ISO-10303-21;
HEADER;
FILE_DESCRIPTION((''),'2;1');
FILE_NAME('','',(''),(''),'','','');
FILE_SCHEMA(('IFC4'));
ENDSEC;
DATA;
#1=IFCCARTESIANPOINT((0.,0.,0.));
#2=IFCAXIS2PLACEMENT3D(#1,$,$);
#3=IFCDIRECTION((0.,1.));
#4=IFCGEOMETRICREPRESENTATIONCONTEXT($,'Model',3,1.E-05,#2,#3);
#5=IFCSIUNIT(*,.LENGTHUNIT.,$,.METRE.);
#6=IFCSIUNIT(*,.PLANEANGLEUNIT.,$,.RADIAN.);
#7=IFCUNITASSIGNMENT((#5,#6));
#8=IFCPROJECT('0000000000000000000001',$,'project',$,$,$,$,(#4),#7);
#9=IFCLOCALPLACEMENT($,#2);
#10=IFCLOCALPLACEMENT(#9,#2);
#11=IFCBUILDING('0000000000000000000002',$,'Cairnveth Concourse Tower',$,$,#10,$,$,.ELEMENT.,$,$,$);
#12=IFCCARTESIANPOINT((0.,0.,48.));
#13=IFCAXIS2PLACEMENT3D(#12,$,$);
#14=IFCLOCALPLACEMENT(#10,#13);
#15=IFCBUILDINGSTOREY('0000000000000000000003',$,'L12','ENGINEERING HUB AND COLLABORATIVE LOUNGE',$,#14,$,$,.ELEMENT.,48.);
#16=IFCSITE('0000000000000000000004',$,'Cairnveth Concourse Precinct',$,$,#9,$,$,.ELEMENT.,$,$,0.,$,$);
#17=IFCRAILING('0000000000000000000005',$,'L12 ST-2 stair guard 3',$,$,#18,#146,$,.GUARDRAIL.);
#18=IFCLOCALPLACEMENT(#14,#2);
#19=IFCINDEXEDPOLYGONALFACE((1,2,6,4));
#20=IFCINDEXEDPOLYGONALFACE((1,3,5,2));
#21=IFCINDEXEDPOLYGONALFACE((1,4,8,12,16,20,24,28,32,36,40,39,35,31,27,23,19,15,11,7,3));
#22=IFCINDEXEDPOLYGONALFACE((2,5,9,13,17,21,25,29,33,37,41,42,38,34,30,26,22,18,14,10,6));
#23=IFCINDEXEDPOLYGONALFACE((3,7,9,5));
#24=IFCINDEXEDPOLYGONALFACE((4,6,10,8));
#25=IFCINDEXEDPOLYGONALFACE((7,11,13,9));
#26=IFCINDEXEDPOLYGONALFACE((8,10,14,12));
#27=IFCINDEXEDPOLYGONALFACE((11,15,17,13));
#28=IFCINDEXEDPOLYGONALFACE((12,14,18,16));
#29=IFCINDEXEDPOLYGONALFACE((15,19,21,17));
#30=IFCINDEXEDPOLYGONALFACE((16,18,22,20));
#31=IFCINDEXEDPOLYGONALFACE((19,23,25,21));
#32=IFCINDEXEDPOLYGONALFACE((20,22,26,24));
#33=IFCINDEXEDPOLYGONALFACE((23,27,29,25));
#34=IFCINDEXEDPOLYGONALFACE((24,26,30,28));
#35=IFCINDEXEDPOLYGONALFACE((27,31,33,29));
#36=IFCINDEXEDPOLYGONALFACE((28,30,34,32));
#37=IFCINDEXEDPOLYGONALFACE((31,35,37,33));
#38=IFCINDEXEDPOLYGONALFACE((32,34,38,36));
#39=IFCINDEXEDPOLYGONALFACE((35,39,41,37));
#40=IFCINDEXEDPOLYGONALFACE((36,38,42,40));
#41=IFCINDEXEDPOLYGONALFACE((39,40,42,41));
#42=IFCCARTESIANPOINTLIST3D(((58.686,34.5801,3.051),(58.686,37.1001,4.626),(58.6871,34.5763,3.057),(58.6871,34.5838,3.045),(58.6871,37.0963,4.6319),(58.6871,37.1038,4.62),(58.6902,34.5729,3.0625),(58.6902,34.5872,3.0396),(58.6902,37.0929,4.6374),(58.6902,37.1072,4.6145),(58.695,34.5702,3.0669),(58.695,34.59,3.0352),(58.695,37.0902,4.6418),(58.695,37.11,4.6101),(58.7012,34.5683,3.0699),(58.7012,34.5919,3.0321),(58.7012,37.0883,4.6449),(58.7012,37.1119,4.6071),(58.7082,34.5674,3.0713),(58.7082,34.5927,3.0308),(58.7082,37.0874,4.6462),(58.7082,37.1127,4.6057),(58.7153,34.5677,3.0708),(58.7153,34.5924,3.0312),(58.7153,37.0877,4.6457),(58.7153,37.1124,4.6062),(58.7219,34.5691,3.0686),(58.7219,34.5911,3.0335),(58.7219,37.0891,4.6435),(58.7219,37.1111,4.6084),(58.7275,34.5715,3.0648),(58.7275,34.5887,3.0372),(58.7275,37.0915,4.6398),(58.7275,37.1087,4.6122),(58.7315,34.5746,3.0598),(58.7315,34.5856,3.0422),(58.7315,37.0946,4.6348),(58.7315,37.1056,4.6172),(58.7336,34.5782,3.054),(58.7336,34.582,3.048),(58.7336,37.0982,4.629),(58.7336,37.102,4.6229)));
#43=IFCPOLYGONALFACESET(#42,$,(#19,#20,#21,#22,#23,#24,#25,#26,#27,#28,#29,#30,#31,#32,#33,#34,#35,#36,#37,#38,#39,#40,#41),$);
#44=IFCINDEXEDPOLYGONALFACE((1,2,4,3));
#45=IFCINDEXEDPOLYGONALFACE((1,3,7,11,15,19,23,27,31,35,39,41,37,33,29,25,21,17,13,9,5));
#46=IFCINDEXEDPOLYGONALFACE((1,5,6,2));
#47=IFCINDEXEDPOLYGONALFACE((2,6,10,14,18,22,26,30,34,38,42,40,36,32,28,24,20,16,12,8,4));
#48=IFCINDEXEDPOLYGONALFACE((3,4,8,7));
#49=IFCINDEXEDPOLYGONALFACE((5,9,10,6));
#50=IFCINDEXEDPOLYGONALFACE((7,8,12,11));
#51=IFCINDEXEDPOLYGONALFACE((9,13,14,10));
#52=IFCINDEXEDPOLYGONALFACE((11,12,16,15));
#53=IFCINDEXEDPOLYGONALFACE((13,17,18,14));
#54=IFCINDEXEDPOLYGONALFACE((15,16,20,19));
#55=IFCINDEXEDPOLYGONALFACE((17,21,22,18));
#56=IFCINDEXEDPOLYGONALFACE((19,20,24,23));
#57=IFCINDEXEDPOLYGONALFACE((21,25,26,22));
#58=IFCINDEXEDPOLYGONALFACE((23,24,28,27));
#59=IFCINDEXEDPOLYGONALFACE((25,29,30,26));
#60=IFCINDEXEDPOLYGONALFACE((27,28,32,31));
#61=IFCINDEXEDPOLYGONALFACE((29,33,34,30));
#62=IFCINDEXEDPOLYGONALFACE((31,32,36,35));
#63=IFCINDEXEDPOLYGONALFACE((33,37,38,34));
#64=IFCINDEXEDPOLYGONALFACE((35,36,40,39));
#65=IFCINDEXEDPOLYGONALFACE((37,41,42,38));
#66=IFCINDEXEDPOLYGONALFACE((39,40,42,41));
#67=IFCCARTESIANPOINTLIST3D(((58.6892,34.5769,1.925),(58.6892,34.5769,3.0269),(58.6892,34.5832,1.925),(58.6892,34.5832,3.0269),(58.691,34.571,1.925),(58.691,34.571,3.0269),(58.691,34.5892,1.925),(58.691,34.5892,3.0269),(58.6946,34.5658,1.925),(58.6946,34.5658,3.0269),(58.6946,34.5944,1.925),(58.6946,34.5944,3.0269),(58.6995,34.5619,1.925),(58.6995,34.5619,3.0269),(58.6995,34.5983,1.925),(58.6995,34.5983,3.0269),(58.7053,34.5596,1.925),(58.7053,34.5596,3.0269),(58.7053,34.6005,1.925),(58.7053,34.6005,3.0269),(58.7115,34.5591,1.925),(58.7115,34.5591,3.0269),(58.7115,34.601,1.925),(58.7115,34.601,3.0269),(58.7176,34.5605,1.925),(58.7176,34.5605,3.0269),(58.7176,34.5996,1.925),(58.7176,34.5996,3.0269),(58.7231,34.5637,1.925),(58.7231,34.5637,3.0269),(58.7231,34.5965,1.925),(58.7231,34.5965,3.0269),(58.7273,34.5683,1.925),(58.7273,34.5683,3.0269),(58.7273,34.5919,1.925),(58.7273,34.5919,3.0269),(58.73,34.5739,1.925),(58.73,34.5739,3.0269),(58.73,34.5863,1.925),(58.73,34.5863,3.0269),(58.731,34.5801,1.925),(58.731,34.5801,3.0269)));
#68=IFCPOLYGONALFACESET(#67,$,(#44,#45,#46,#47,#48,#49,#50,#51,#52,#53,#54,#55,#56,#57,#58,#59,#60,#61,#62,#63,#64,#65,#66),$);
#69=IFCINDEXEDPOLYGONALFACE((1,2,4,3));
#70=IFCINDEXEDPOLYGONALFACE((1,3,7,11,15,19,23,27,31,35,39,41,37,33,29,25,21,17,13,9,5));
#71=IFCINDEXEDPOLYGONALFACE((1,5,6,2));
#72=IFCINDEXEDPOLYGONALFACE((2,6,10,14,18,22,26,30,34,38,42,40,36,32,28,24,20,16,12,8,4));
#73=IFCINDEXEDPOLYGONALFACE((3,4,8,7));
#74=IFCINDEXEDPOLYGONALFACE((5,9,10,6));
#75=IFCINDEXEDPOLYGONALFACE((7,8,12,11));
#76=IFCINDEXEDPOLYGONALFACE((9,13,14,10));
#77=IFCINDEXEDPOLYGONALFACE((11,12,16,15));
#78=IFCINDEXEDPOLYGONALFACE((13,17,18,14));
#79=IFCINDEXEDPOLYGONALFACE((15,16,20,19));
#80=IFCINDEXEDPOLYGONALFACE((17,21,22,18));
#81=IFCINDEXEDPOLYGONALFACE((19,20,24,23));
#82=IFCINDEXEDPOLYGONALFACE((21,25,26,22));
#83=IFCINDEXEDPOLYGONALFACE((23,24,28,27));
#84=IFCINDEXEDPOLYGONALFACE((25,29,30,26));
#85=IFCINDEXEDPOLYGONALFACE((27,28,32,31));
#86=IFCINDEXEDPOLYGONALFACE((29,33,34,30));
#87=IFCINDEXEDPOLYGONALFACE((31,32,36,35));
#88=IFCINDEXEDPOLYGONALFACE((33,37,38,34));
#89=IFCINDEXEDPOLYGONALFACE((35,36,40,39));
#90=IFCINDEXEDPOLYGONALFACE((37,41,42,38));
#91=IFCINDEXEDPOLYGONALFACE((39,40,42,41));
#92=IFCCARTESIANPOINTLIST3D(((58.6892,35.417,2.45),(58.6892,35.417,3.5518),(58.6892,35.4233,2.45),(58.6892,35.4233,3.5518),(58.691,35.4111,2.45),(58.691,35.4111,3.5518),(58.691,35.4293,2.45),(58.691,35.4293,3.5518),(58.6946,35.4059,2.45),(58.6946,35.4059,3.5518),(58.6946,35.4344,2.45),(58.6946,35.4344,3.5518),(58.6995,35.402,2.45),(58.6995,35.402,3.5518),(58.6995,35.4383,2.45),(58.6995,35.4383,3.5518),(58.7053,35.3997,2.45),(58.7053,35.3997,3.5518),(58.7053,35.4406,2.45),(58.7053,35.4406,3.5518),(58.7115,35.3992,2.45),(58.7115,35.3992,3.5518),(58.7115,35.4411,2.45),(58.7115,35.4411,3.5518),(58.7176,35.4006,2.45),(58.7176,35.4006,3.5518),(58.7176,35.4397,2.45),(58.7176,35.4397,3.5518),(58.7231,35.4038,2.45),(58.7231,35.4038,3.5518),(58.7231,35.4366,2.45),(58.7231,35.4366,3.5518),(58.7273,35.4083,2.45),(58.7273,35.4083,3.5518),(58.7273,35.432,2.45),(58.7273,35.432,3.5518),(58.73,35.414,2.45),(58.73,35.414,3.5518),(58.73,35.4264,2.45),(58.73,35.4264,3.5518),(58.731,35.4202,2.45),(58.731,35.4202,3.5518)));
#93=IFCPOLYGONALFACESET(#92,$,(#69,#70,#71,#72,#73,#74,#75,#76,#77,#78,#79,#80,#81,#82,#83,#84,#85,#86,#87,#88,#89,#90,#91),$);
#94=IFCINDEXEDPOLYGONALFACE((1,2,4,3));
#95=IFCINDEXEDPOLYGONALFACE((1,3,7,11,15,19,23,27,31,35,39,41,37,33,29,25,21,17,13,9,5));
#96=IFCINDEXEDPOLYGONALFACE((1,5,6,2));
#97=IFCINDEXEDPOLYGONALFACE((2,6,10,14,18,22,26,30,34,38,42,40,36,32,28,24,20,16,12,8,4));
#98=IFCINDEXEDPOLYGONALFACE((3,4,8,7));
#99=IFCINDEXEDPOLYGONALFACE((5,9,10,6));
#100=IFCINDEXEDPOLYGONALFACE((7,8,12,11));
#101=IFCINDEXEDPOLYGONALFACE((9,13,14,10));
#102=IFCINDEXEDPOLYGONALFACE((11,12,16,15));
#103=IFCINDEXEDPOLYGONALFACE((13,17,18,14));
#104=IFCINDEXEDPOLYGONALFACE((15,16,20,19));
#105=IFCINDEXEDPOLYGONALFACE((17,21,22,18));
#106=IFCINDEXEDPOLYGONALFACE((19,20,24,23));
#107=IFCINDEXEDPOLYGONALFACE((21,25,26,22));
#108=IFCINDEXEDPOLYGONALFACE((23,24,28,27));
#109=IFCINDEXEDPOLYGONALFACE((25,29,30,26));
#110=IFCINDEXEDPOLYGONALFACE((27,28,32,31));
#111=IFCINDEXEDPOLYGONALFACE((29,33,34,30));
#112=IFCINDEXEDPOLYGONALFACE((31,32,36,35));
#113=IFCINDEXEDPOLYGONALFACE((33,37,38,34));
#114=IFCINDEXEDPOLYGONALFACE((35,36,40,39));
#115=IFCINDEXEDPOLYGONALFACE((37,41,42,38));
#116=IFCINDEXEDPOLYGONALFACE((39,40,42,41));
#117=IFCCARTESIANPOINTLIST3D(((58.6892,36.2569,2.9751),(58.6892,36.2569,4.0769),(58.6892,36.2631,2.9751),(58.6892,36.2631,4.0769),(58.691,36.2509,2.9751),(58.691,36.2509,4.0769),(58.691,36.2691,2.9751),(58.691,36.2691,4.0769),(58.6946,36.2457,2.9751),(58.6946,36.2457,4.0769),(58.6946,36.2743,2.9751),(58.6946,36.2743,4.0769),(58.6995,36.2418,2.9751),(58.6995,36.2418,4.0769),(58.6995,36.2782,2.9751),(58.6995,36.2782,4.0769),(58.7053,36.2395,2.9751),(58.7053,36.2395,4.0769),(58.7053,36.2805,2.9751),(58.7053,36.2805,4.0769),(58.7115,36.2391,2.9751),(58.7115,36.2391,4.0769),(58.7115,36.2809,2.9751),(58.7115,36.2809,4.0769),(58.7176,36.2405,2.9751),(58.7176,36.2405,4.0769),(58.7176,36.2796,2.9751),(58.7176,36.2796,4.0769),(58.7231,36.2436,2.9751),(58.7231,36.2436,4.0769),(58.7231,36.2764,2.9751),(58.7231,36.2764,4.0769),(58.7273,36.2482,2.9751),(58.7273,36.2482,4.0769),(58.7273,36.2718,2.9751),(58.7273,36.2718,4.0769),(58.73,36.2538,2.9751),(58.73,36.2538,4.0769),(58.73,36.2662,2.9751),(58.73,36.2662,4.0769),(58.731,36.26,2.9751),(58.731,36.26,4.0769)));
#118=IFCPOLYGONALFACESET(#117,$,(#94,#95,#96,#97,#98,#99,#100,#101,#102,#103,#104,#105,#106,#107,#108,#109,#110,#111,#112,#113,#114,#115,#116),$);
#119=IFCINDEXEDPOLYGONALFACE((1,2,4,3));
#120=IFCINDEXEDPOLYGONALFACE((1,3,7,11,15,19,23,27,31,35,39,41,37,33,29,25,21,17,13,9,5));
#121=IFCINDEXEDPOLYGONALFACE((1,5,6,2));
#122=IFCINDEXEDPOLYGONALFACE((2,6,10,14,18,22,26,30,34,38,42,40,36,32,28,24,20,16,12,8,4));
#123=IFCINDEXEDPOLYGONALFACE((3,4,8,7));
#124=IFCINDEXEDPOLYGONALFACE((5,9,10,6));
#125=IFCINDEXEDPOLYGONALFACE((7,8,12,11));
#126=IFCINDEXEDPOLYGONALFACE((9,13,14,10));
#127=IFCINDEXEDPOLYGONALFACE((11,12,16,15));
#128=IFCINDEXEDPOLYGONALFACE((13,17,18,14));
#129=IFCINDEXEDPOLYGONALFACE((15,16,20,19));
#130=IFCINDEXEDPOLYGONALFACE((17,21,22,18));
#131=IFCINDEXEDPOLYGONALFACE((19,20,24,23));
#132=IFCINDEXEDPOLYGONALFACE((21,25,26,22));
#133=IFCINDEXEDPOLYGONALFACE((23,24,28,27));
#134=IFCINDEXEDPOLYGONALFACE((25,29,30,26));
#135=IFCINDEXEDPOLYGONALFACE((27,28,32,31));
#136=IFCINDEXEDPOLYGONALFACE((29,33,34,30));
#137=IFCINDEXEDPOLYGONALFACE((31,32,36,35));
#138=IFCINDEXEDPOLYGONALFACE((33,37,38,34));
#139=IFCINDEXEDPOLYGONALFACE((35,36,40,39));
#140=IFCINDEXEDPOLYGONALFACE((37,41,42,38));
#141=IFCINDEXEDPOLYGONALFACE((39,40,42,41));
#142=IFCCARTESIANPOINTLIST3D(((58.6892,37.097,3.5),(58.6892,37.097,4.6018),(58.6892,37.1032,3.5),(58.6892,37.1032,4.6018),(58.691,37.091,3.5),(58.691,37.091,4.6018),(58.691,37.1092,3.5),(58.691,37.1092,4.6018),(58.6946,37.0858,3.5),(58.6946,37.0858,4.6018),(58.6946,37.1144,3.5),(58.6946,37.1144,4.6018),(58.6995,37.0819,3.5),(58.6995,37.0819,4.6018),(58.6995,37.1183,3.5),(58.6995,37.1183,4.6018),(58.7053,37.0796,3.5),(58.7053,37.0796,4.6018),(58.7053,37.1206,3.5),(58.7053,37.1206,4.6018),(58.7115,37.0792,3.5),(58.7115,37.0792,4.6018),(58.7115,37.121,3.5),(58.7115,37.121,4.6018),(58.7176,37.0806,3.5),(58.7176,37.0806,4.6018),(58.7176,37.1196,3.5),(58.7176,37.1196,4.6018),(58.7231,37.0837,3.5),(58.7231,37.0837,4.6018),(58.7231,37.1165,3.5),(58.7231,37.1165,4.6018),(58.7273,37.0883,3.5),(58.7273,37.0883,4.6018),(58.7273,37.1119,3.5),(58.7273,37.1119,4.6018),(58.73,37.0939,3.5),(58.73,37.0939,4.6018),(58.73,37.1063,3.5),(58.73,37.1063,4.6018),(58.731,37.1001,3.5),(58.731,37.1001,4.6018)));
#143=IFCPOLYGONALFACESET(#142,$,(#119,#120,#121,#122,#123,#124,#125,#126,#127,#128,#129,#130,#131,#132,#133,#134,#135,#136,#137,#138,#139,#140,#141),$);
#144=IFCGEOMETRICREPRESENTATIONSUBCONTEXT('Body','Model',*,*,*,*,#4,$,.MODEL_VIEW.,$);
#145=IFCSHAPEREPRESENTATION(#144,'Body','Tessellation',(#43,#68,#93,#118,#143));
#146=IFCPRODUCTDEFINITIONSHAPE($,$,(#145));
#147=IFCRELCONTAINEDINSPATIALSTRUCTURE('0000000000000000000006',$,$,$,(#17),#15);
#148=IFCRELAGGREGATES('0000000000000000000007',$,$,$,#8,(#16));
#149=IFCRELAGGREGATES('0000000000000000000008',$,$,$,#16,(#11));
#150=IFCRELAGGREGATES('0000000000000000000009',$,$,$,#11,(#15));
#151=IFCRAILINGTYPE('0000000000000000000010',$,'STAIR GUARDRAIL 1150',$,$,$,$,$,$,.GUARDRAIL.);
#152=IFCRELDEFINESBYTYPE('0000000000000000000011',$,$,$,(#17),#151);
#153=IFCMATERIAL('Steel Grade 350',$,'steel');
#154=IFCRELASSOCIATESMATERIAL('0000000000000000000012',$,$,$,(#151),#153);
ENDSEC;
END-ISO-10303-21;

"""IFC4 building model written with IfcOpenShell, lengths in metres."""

from ifc_helpers import new_model, si_unit, direction, frame, origin, origin_2d, place, context, subcontext, project, spatial, circle, extrude, material, type_object, element, save


model = new_model("IFC4")

# Units and contexts
model_context = context("Model", 3, precision=1e-05, world=origin(), true_north=direction((0.0, 1.0)))
body_context = subcontext(model_context, "Body", "Model", "MODEL_VIEW")
ifc_project = project(units=[si_unit("LENGTHUNIT", "METRE"), si_unit("PLANEANGLEUNIT", "RADIAN")], contexts=[model_context])

# Site, building, storey
site_placement = place(None, origin())
site = spatial("IfcSite", under=ifc_project, at=site_placement, Name="Cairnveth Concourse Precinct", CompositionType="ELEMENT", RefElevation=0.0)
building_placement = place(site_placement, origin())
building = spatial("IfcBuilding", under=site, at=building_placement, Name="Cairnveth Concourse Tower", CompositionType="ELEMENT")
storey_placement = place(building_placement, frame((0.0, 0.0, 48.0)))
storey = spatial("IfcBuildingStorey", under=building, at=storey_placement, Name="L12", Description="ENGINEERING HUB AND COLLABORATIVE LOUNGE", CompositionType="ELEMENT", Elevation=48.0)

# Shared definitions
ifc_material_1 = material(Name="Steel Grade 350", Category="steel")

# Railing
railing_type_1 = type_object("IfcRailingType", Name="STAIR GUARDRAIL 1150", PredefinedType="GUARDRAIL", material=ifc_material_1)
railing_1_placement = place(storey_placement, frame((58.71, 34.5801, 1.925)))
element("IfcRailing", 1, at=railing_1_placement, inside=storey, type_object=railing_type_1, Name="L12 ST-2 stair guard 3", PredefinedType="GUARDRAIL", context=body_context, shape_type="SweptSolid", body=[
    extrude(circle(Radius=0.0239, at=origin_2d()), frame((0.0, 0.0, 1.126), z_axis=(0.0, 0.848008, 0.529984), x_axis=(-1.0, 0.0, 0.0)), (0.0, 0.0, 1.0), 2.9717),
    extrude(circle(Radius=0.021, at=origin_2d()), origin(), (0.0, 0.0, 1.0), 1.1018),
    extrude(circle(Radius=0.021, at=origin_2d()), frame((0.0, 0.8401, 0.5249)), (0.0, 0.0, 1.0), 1.1018),
    extrude(circle(Radius=0.021, at=origin_2d()), frame((0.0, 1.6799, 1.05)), (0.0, 0.0, 1.0), 1.1018),
    extrude(circle(Radius=0.021, at=origin_2d()), frame((0.0, 2.52, 1.575)), (0.0, 0.0, 1.0), 1.1018),
])

save(model, "model.ifc")
